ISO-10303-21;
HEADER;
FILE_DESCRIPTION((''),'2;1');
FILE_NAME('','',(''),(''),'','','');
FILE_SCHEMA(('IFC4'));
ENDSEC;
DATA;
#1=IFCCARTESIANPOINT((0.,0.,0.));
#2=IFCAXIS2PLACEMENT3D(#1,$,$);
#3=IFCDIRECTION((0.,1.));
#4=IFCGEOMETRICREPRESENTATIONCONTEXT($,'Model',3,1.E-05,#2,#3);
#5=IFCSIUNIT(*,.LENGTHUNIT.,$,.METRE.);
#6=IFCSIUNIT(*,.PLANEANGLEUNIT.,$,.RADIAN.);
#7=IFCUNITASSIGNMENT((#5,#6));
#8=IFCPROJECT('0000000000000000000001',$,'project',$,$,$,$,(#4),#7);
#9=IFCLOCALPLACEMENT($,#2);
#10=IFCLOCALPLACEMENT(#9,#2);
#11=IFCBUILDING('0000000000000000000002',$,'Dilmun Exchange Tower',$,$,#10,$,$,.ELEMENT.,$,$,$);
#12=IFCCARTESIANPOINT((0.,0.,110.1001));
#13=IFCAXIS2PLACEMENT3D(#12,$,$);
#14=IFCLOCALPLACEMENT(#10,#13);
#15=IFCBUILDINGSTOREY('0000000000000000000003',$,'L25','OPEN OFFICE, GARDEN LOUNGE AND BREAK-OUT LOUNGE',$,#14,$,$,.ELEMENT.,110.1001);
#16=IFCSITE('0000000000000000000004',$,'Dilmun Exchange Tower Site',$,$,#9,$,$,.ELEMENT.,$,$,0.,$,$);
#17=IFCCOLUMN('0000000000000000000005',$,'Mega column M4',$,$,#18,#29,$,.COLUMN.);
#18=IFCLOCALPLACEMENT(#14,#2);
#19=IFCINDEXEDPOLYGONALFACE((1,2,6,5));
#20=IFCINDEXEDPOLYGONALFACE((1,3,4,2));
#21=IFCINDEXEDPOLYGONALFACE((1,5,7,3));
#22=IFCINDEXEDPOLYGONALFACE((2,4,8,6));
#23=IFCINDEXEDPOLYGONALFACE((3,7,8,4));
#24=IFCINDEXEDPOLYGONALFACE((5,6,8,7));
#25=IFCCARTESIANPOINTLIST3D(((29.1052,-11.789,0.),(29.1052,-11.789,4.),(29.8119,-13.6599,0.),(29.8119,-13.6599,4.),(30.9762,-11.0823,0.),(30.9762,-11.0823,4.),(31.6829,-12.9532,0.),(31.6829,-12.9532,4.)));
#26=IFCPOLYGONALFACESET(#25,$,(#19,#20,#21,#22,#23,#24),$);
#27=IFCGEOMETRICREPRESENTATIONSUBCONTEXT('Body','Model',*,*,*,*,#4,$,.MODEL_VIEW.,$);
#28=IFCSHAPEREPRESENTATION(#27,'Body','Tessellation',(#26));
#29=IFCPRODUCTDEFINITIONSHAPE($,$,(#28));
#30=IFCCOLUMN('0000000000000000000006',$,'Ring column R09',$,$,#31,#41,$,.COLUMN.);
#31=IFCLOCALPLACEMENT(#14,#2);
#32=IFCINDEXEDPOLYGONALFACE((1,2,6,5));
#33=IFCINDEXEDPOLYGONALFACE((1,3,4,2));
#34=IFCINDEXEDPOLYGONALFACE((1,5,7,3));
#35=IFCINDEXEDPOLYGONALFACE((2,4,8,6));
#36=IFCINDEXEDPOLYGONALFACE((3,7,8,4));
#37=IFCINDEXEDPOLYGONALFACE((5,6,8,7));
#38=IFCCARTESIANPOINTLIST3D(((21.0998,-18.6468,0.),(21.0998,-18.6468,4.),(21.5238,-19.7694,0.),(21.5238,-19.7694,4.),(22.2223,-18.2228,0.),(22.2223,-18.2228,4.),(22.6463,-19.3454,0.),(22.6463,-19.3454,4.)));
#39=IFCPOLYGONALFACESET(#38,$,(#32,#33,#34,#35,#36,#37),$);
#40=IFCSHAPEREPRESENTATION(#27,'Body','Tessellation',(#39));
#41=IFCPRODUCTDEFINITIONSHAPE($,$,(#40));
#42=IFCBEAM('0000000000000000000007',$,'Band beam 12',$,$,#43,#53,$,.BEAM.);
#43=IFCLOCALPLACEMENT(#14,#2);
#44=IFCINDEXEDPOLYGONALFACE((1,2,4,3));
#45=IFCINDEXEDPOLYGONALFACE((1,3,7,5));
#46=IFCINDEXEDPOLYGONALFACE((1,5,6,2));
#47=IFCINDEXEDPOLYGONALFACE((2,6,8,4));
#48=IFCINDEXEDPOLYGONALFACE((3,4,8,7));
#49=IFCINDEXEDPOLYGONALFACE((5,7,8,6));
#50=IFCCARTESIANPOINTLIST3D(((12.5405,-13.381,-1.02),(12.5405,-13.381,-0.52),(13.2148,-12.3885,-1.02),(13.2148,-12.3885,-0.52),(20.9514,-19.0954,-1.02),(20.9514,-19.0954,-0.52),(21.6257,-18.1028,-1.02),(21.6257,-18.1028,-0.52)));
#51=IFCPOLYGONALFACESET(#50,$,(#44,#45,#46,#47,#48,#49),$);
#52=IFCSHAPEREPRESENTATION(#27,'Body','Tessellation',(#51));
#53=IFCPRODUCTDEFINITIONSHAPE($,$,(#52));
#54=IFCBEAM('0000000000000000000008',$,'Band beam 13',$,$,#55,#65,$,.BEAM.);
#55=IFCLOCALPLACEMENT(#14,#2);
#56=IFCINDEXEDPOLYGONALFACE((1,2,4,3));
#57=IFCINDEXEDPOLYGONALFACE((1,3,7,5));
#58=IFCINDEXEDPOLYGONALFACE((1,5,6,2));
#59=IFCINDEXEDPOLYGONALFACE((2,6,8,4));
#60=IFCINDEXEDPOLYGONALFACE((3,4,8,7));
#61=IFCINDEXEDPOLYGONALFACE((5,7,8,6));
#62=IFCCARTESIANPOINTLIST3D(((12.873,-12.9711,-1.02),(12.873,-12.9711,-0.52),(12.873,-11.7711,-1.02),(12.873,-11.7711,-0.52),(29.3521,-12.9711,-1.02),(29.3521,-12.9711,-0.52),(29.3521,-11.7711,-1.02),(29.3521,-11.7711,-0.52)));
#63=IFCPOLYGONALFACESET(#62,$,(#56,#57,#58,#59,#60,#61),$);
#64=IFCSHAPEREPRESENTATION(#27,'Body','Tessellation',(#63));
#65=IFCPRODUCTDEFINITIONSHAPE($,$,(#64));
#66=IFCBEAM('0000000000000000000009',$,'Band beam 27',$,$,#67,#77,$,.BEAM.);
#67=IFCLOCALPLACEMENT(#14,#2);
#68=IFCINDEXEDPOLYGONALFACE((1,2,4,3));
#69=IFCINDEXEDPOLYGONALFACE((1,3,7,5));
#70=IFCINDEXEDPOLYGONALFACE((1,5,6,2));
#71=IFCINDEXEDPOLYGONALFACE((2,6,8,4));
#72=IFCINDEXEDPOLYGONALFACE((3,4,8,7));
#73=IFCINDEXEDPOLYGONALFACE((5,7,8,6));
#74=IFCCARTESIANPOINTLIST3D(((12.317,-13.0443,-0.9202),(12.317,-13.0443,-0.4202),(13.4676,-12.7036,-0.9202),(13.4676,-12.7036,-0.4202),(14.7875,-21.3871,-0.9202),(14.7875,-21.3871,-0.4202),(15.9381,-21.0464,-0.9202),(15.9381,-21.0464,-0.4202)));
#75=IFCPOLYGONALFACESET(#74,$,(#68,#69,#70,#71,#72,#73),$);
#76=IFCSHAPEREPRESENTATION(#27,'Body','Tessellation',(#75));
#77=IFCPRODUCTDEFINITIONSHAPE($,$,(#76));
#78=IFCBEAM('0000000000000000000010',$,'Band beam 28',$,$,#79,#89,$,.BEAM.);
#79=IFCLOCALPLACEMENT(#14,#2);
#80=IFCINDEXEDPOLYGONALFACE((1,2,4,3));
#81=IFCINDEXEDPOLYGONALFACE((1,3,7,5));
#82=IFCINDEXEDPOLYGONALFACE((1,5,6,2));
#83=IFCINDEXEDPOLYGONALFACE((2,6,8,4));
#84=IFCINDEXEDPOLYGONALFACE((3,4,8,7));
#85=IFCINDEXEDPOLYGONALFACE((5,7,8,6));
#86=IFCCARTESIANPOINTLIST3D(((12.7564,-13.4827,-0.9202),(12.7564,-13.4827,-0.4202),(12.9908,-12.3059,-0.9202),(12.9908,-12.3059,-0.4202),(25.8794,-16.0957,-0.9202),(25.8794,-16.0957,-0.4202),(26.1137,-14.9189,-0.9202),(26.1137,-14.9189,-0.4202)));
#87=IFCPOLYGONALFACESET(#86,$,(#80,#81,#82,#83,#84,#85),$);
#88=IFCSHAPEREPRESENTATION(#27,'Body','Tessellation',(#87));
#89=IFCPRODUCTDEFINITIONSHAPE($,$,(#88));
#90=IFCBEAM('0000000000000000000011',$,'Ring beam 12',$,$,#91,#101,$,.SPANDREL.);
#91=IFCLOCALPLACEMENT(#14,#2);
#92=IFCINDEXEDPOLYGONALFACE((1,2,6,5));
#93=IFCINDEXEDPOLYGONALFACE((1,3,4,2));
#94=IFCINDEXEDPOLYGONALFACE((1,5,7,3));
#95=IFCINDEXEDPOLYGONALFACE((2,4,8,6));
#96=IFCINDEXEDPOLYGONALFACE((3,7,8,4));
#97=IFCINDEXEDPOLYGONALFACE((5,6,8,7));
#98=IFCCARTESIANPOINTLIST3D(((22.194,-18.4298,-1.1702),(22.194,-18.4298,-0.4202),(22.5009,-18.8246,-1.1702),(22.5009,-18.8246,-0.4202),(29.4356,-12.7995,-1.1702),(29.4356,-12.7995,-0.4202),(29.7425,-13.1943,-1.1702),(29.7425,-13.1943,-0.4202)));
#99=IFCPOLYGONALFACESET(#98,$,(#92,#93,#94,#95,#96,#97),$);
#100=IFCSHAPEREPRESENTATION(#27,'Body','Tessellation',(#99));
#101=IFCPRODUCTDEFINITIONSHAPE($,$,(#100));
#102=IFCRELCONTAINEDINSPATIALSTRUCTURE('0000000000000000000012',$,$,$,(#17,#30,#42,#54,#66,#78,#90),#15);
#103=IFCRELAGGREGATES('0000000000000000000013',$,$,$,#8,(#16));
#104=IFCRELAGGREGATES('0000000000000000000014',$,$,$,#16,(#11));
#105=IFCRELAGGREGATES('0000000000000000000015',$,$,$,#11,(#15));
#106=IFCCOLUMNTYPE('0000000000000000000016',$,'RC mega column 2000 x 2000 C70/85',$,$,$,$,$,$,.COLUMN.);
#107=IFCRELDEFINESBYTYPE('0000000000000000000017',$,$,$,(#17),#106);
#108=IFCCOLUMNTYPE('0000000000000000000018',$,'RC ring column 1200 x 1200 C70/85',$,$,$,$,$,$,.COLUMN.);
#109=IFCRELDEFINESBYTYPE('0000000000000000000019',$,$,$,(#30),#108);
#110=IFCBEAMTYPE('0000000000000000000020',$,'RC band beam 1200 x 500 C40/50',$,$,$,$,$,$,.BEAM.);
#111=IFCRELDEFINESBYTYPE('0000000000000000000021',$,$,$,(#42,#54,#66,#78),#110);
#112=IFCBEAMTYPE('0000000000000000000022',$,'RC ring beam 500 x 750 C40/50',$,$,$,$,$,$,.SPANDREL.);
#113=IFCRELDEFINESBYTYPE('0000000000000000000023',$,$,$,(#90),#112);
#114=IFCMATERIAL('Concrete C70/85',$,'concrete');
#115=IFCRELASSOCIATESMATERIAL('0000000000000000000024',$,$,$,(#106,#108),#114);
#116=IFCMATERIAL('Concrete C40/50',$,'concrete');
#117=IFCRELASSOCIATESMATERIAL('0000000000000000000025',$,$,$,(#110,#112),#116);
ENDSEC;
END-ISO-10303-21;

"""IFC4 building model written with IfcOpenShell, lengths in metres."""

from ifc_helpers import new_model, si_unit, direction, frame, origin, origin_2d, place, context, subcontext, project, spatial, rectangle, extrude, material, material_profile, profile_set, type_object, element, save


model = new_model("IFC4")

# Units and contexts
model_context = context("Model", 3, precision=1e-05, world=origin(), true_north=direction((0.0, 1.0)))
body_context = subcontext(model_context, "Body", "Model", "MODEL_VIEW")
ifc_project = project(units=[si_unit("LENGTHUNIT", "METRE"), si_unit("PLANEANGLEUNIT", "RADIAN")], contexts=[model_context])

# Site, building, storey
site_placement = place(None, origin())
site = spatial("IfcSite", under=ifc_project, at=site_placement, Name="Dilmun Exchange Tower Site", CompositionType="ELEMENT", RefElevation=0.0)
building_placement = place(site_placement, origin())
building = spatial("IfcBuilding", under=site, at=building_placement, Name="Dilmun Exchange Tower", CompositionType="ELEMENT")
storey_placement = place(building_placement, frame((0.0, 0.0, 110.1001)))
storey = spatial("IfcBuildingStorey", under=building, at=storey_placement, Name="L25", Description="OPEN OFFICE, GARDEN LOUNGE AND BREAK-OUT LOUNGE", CompositionType="ELEMENT", Elevation=110.1001)

# Columns
ifc_material_1 = material(Name="Concrete C70/85", Category="concrete")
ifc_material_profile_1 = material_profile(ifc_material_1, rectangle(XDim=2.0, YDim=2.0, at=origin_2d()), Name="2000 x 2000")
ifc_profile_set_1 = profile_set([ifc_material_profile_1], Name="Concrete C70/85")
column_type_1 = type_object("IfcColumnType", Name="RC mega column 2000 x 2000 C70/85", PredefinedType="COLUMN", material=ifc_profile_set_1)
column_1_placement = place(storey_placement, frame((30.394, -12.3711, 0.0), z_axis=(0.0, 0.0, 1.0), x_axis=(0.935492, 0.353349, 0.0)))
element("IfcColumn", 1, at=column_1_placement, inside=storey, type_object=column_type_1, Name="Mega column M4", PredefinedType="COLUMN", context=body_context, shape_type="SweptSolid", body=[
    extrude(rectangle(XDim=2.0, YDim=2.0, at=origin_2d()), origin(), (0.0, 0.0, 1.0), 4.0),
])
ifc_material_profile_2 = material_profile(ifc_material_1, rectangle(XDim=1.2, YDim=1.2, at=origin_2d()), Name="1200 x 1200")
ifc_profile_set_2 = profile_set([ifc_material_profile_2], Name="Concrete C70/85")
column_type_2 = type_object("IfcColumnType", Name="RC ring column 1200 x 1200 C70/85", PredefinedType="COLUMN", material=ifc_profile_set_2)
column_2_placement = place(storey_placement, frame((21.873, -18.9961, 0.0), z_axis=(0.0, 0.0, 1.0), x_axis=(0.935492, 0.353349, 0.0)))
element("IfcColumn", 2, at=column_2_placement, inside=storey, type_object=column_type_2, Name="Ring column R09", PredefinedType="COLUMN", context=body_context, shape_type="SweptSolid", body=[
    extrude(rectangle(XDim=1.2, YDim=1.2, at=origin_2d()), origin(), (0.0, 0.0, 1.0), 4.0),
])

# Beams
ifc_material_2 = material(Name="Concrete C40/50", Category="concrete")
ifc_material_profile_3 = material_profile(ifc_material_2, rectangle(XDim=1.2, YDim=0.5, at=origin_2d()), Name="1200 x 500")
ifc_profile_set_3 = profile_set([ifc_material_profile_3], Name="Concrete C40/50")
beam_type_1 = type_object("IfcBeamType", Name="RC band beam 1200 x 500 C40/50", PredefinedType="BEAM", material=ifc_profile_set_3)
beam_1_placement = place(storey_placement, frame((21.2886, -18.5991, -0.77), z_axis=(-0.827157, 0.56197, 0.0), x_axis=(-0.56197, -0.827157, 0.0)))
element("IfcBeam", 3, at=beam_1_placement, inside=storey, type_object=beam_type_1, Name="Band beam 12", PredefinedType="BEAM", context=body_context, shape_type="SweptSolid", body=[
    extrude(rectangle(XDim=1.2, YDim=0.5, at=origin_2d()), origin(), (0.0, 0.0, 1.0), 10.1685),
])
beam_2_placement = place(storey_placement, frame((29.3521, -12.3711, -0.77), z_axis=(-1.0, 0.0, 0.0), x_axis=(0.0, -1.0, 0.0)))
element("IfcBeam", 4, at=beam_2_placement, inside=storey, type_object=beam_type_1, Name="Band beam 13", PredefinedType="BEAM", context=body_context, shape_type="SweptSolid", body=[
    extrude(rectangle(XDim=1.2, YDim=0.5, at=origin_2d()), origin(), (0.0, 0.0, 1.0), 16.479),
])
beam_3_placement = place(storey_placement, frame((15.3628, -21.2168, -0.6702), z_axis=(-0.283933, 0.958844, 0.0), x_axis=(-0.958844, -0.283933, 0.0)))
element("IfcBeam", 5, at=beam_3_placement, inside=storey, type_object=beam_type_1, Name="Band beam 27", PredefinedType="BEAM", context=body_context, shape_type="SweptSolid", body=[
    extrude(rectangle(XDim=1.2, YDim=0.5, at=origin_2d()), origin(), (0.0, 0.0, 1.0), 8.7009),
])
beam_4_placement = place(storey_placement, frame((25.9966, -15.5073, -0.6702), z_axis=(-0.980747, 0.195284, 0.0), x_axis=(-0.195284, -0.980747, 0.0)))
element("IfcBeam", 6, at=beam_4_placement, inside=storey, type_object=beam_type_1, Name="Band beam 28", PredefinedType="BEAM", context=body_context, shape_type="SweptSolid", body=[
    extrude(rectangle(XDim=1.2, YDim=0.5, at=origin_2d()), origin(), (0.0, 0.0, 1.0), 13.3806),
])
ifc_material_profile_4 = material_profile(ifc_material_2, rectangle(XDim=0.5, YDim=0.75, at=origin_2d()), Name="500 x 750")
ifc_profile_set_4 = profile_set([ifc_material_profile_4], Name="Concrete C40/50")
beam_type_2 = type_object("IfcBeamType", Name="RC ring beam 500 x 750 C40/50", PredefinedType="SPANDREL", material=ifc_profile_set_4)
beam_5_placement = place(storey_placement, frame((22.3474, -18.6272, -0.7952), z_axis=(0.789461, 0.613801, 0.0), x_axis=(-0.613801, 0.789461, 0.0)))
element("IfcBeam", 7, at=beam_5_placement, inside=storey, type_object=beam_type_2, Name="Ring beam 12", PredefinedType="SPANDREL", context=body_context, shape_type="SweptSolid", body=[
    extrude(rectangle(XDim=0.5, YDim=0.75, at=origin_2d()), origin(), (0.0, 0.0, 1.0), 9.1729),
])

save(model, "model.ifc")
